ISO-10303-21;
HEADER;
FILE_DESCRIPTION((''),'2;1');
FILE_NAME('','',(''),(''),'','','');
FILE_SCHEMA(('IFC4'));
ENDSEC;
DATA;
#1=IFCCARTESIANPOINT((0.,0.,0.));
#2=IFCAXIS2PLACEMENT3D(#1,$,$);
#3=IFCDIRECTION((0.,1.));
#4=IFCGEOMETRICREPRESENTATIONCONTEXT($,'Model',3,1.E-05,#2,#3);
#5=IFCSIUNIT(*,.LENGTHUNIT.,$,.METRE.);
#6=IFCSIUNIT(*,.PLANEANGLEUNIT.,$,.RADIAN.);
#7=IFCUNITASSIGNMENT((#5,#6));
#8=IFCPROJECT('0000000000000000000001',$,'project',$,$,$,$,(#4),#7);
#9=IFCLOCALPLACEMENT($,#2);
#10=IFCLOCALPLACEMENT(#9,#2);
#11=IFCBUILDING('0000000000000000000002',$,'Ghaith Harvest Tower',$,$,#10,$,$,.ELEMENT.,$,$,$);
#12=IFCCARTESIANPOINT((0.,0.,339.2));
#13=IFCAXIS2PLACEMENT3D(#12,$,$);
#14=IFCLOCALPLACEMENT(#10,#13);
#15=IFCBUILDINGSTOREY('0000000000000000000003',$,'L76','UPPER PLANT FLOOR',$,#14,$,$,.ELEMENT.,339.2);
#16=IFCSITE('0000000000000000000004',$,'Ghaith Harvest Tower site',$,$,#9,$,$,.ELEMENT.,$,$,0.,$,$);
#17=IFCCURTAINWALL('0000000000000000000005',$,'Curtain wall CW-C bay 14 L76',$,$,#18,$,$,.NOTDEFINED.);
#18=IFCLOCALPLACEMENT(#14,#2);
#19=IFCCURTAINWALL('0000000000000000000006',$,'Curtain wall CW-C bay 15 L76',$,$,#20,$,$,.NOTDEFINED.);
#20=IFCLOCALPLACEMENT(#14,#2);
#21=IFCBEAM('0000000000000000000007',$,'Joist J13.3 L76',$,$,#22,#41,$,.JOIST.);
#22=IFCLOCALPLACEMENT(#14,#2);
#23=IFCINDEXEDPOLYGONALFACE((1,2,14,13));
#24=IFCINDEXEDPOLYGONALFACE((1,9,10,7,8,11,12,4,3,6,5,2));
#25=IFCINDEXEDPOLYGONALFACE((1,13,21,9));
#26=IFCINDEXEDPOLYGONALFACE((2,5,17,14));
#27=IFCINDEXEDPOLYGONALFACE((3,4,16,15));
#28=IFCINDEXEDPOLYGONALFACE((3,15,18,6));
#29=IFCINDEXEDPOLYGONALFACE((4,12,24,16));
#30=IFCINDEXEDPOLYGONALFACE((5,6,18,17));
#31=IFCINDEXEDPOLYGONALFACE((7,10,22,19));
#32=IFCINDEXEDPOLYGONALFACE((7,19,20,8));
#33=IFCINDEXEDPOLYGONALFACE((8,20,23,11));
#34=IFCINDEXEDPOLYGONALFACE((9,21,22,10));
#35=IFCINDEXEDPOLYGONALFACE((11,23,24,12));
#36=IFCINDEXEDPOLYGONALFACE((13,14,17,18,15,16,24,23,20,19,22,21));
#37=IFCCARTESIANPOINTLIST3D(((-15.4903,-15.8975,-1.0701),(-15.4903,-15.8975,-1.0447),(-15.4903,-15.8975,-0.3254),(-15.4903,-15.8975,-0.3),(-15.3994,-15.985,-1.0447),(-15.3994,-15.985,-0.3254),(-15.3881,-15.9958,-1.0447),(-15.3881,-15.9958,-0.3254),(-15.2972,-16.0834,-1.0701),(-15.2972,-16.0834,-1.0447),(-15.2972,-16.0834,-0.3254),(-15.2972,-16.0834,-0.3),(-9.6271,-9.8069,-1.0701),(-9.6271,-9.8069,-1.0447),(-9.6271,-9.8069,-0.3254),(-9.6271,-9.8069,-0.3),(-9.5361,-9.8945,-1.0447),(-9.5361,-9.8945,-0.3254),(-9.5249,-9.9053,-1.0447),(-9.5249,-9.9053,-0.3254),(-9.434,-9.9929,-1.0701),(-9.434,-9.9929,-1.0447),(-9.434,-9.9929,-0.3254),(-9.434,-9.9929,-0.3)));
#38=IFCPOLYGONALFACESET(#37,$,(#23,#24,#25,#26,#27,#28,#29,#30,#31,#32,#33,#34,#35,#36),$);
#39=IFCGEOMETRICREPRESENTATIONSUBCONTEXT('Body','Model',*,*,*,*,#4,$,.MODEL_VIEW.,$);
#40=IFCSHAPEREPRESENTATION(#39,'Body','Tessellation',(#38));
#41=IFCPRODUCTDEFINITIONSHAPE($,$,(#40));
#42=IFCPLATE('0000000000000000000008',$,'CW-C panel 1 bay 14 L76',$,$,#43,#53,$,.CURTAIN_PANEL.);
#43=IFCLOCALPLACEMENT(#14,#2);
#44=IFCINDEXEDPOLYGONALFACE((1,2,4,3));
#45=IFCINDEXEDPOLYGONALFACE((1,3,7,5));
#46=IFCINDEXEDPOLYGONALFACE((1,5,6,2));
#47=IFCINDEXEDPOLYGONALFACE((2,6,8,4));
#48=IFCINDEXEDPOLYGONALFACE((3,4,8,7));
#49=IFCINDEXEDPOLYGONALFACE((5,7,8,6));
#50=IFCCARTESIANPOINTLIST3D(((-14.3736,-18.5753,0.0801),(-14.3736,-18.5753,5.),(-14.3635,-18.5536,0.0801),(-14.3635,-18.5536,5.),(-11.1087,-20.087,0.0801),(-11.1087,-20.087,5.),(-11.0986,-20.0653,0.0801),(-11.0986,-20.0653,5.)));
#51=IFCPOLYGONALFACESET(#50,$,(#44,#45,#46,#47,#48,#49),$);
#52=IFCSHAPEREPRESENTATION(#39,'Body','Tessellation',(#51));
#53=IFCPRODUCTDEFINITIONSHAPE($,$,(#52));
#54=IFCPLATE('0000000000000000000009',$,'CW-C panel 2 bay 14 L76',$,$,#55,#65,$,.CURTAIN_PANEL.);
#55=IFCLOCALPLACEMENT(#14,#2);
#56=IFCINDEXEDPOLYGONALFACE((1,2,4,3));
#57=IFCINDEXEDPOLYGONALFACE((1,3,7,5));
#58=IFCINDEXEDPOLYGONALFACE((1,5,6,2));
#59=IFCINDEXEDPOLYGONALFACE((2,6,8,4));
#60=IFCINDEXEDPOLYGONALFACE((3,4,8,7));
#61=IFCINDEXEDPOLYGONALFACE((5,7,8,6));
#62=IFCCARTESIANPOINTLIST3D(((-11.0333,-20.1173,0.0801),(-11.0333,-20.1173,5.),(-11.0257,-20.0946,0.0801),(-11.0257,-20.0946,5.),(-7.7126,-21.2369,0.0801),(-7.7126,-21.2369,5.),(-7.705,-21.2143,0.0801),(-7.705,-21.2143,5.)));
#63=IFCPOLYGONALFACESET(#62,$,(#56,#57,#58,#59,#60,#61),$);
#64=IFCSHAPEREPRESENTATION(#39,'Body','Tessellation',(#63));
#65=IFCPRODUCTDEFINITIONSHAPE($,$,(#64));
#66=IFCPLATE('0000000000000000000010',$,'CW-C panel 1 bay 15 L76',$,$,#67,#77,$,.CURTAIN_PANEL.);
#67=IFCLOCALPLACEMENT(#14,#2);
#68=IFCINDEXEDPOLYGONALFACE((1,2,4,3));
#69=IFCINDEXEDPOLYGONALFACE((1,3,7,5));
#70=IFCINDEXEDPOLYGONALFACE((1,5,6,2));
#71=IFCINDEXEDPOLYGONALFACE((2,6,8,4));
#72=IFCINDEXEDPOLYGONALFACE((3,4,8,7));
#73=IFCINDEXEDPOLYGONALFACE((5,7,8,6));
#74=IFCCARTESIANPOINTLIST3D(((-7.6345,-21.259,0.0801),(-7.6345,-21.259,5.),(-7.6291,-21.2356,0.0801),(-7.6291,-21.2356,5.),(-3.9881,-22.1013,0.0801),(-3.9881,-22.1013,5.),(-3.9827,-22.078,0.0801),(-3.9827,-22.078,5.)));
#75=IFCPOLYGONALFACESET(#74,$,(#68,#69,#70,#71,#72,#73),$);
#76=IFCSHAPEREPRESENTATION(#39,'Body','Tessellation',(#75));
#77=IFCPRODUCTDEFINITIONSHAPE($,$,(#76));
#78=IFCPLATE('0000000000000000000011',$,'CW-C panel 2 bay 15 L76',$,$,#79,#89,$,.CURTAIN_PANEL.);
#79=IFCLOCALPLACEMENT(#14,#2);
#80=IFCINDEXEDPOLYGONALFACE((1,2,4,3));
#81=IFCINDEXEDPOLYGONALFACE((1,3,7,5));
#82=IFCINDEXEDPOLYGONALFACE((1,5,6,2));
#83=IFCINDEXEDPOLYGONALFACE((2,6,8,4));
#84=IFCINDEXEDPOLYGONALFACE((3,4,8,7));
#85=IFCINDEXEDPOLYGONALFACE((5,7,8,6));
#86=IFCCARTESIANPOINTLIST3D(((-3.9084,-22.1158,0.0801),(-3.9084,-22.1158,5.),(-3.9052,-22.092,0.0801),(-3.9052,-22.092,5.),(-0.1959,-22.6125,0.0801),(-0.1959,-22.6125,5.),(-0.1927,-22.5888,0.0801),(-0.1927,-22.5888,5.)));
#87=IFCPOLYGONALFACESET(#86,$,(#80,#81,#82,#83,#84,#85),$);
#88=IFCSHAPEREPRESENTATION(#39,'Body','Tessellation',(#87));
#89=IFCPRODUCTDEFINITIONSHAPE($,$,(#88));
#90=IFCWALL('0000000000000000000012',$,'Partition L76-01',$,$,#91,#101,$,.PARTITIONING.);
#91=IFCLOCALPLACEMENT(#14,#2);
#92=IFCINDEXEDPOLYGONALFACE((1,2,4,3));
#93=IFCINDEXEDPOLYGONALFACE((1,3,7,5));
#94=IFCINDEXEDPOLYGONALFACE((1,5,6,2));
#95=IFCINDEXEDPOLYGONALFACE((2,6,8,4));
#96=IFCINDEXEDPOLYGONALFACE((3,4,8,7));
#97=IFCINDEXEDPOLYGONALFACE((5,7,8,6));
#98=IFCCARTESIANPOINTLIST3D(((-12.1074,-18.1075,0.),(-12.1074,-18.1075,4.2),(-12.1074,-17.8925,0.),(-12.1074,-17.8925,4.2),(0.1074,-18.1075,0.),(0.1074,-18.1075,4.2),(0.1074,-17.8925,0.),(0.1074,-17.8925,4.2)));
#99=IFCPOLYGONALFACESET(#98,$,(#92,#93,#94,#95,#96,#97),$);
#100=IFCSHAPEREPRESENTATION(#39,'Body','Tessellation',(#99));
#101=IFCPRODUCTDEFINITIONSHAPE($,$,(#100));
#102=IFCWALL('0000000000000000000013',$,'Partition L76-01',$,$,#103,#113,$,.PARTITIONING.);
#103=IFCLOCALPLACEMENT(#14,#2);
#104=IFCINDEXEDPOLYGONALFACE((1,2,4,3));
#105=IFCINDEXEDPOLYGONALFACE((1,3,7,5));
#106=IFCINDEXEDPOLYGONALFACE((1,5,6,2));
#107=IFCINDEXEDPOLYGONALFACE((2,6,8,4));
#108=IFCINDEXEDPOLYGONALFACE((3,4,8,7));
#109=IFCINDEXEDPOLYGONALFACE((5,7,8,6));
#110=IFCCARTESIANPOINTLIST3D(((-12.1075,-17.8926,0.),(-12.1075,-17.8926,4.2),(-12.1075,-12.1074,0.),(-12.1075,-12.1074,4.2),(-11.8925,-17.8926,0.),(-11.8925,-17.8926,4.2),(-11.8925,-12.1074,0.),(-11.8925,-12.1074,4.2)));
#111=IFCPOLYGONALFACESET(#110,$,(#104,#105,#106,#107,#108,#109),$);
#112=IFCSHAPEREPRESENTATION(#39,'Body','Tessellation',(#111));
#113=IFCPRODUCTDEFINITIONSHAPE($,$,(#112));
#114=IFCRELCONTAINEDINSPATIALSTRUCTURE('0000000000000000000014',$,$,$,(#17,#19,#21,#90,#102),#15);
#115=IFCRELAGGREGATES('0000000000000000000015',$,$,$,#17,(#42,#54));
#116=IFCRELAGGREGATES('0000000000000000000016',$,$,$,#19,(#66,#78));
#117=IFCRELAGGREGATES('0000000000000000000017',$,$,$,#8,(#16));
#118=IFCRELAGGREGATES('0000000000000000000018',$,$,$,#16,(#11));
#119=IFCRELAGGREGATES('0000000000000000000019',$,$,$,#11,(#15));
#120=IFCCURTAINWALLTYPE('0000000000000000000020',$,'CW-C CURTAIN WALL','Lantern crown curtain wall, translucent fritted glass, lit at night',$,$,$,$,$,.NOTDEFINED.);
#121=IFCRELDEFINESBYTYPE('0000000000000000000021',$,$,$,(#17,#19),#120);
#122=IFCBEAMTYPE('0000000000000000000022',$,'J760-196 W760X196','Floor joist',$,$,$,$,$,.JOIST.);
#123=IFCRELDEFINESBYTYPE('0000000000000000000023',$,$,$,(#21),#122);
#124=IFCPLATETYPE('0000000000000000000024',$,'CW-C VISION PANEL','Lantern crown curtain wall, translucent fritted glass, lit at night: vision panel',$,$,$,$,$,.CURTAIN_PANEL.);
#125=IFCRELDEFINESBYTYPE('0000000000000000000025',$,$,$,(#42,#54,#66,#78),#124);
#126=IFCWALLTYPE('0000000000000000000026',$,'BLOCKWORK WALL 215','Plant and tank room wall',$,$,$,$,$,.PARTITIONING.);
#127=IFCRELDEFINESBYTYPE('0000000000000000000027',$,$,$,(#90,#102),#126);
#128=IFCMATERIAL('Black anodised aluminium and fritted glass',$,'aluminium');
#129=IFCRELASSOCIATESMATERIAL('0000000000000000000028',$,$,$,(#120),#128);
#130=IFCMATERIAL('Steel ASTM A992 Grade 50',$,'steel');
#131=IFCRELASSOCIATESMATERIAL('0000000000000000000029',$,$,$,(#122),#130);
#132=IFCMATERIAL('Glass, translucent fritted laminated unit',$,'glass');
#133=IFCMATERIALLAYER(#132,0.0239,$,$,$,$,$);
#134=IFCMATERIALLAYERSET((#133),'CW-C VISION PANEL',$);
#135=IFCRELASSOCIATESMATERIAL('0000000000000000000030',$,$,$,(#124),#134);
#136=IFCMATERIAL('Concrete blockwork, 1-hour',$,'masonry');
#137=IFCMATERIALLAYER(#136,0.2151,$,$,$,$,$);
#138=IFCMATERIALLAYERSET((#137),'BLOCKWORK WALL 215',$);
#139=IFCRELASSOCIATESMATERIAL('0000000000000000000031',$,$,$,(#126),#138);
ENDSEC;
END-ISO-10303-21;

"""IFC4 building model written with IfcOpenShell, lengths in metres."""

from ifc_helpers import new_model, si_unit, direction, frame, frame_2d, origin, origin_2d, place, context, subcontext, project, spatial, rectangle, i_section, extrude, material, layer, layer_set, material_profile, profile_set, type_object, element, aggregate, save


model = new_model("IFC4")

# Units and contexts
model_context = context("Model", 3, precision=1e-05, world=origin(), true_north=direction((0.0, 1.0)))
body_context = subcontext(model_context, "Body", "Model", "MODEL_VIEW")
ifc_project = project(units=[si_unit("LENGTHUNIT", "METRE"), si_unit("PLANEANGLEUNIT", "RADIAN")], contexts=[model_context])

# Site, building, storey
site_placement = place(None, origin())
site = spatial("IfcSite", under=ifc_project, at=site_placement, Name="Ghaith Harvest Tower site", CompositionType="ELEMENT", RefElevation=0.0)
building_placement = place(site_placement, origin())
building = spatial("IfcBuilding", under=site, at=building_placement, Name="Ghaith Harvest Tower", CompositionType="ELEMENT")
storey_placement = place(building_placement, frame((0.0, 0.0, 339.2)))
storey = spatial("IfcBuildingStorey", under=building, at=storey_placement, Name="L76", Description="UPPER PLANT FLOOR", CompositionType="ELEMENT", Elevation=339.2)

# Curtain wall
ifc_material_1 = material(Name="Black anodised aluminium and fritted glass", Category="aluminium")
curtain_wall_type = type_object("IfcCurtainWallType", Name="CW-C CURTAIN WALL", Description="Lantern crown curtain wall, translucent fritted glass, lit at night", PredefinedType="NOTDEFINED", material=ifc_material_1)
curtain_wall_1_placement = place(storey_placement, origin())
curtain_wall_1 = element("IfcCurtainWall", 1, at=curtain_wall_1_placement, inside=storey, type_object=curtain_wall_type, Name="Curtain wall CW-C bay 14 L76", PredefinedType="NOTDEFINED")

# Curtain wall
curtain_wall_2_placement = place(storey_placement, origin())
curtain_wall_2 = element("IfcCurtainWall", 2, at=curtain_wall_2_placement, inside=storey, type_object=curtain_wall_type, Name="Curtain wall CW-C bay 15 L76", PredefinedType="NOTDEFINED")

# Beam
ifc_material_2 = material(Name="Steel ASTM A992 Grade 50", Category="steel")
ifc_material_profile_1 = material_profile(ifc_material_2, i_section(OverallWidth=0.2681, OverallDepth=0.77, WebThickness=0.0156, FlangeThickness=0.0254, at=origin_2d()), Name="W760X196")
ifc_profile_set_1 = profile_set([ifc_material_profile_1], Name="Steel ASTM A992 Grade 50")
beam_type_1 = type_object("IfcBeamType", Name="J760-196 W760X196", Description="Floor joist", PredefinedType="JOIST", material=ifc_profile_set_1)
beam_1_placement = place(storey_placement, frame((-9.5305, -9.8999, -0.6851), z_axis=(-0.693536, -0.720422, 0.0), x_axis=(0.720422, -0.693536, 0.0)))
element("IfcBeam", 3, at=beam_1_placement, inside=storey, type_object=beam_type_1, Name="Joist J13.3 L76", PredefinedType="JOIST", context=body_context, shape_type="SweptSolid", body=[
    extrude(i_section(OverallWidth=0.2681, OverallDepth=0.77, WebThickness=0.0156, FlangeThickness=0.0254, at=origin_2d()), origin(), (0.0, 0.0, 1.0), 8.4541),
])

# Plates
ifc_material_3 = material(Name="Glass, translucent fritted laminated unit", Category="glass")
ifc_layer_1 = layer(ifc_material_3, 0.0239)
ifc_layer_set_1 = layer_set([ifc_layer_1], Name="CW-C VISION PANEL")
plate_type = type_object("IfcPlateType", Name="CW-C VISION PANEL", Description="Lantern crown curtain wall, translucent fritted glass, lit at night: vision panel", PredefinedType="CURTAIN_PANEL", material=ifc_layer_set_1)
plate_1_placement = place(storey_placement, frame((-12.7361, -19.3203, 0.0801), z_axis=(0.0, 0.0, 1.0), x_axis=(0.90745, -0.42016, 0.0)))
plate_1 = element("IfcPlate", 4, at=plate_1_placement, type_object=plate_type, Name="CW-C panel 1 bay 14 L76", PredefinedType="CURTAIN_PANEL", context=body_context, shape_type="SweptSolid", body=[
    extrude(rectangle(XDim=3.5979, YDim=0.0239, at=origin_2d()), origin(), (0.0, 0.0, 1.0), 4.9199),
])
plate_2_placement = place(storey_placement, frame((-9.3691, -20.6658, 0.0801), z_axis=(0.0, 0.0, 1.0), x_axis=(0.947586, -0.3195, 0.0)))
plate_2 = element("IfcPlate", 5, at=plate_2_placement, type_object=plate_type, Name="CW-C panel 2 bay 14 L76", PredefinedType="CURTAIN_PANEL", context=body_context, shape_type="SweptSolid", body=[
    extrude(rectangle(XDim=3.5044, YDim=0.0239, at=origin_2d()), origin(), (0.0, 0.0, 1.0), 4.9199),
])
aggregate(curtain_wall_1, [plate_1, plate_2])
plate_3_placement = place(storey_placement, frame((-5.8086, -21.6685, 0.0801), z_axis=(0.0, 0.0, 1.0), x_axis=(0.974342, -0.225072, 0.0)))
plate_3 = element("IfcPlate", 6, at=plate_3_placement, type_object=plate_type, Name="CW-C panel 1 bay 15 L76", PredefinedType="CURTAIN_PANEL", context=body_context, shape_type="SweptSolid", body=[
    extrude(rectangle(XDim=3.7424, YDim=0.0239, at=origin_2d()), origin(), (0.0, 0.0, 1.0), 4.9199),
])
plate_4_placement = place(storey_placement, frame((-2.0505, -22.3523, 0.0801), z_axis=(0.0, 0.0, 1.0), x_axis=(0.991165, -0.132633, 0.0)))
plate_4 = element("IfcPlate", 7, at=plate_4_placement, type_object=plate_type, Name="CW-C panel 2 bay 15 L76", PredefinedType="CURTAIN_PANEL", context=body_context, shape_type="SweptSolid", body=[
    extrude(rectangle(XDim=3.7456, YDim=0.0239, at=origin_2d()), origin(), (0.0, 0.0, 1.0), 4.9199),
])
aggregate(curtain_wall_2, [plate_3, plate_4])

# Wall
ifc_material_4 = material(Name="Concrete blockwork, 1-hour", Category="masonry")
ifc_layer_2 = layer(ifc_material_4, 0.2151)
ifc_layer_set_2 = layer_set([ifc_layer_2], Name="BLOCKWORK WALL 215")
wall_type = type_object("IfcWallType", Name="BLOCKWORK WALL 215", Description="Plant and tank room wall", PredefinedType="PARTITIONING", material=ifc_layer_set_2)
wall_1_placement = place(storey_placement, frame((-12.1074, -18.0, 0.0), z_axis=(0.0, 0.0, 1.0), x_axis=(1.0, 0.0, 0.0)))
element("IfcWall", 8, at=wall_1_placement, inside=storey, type_object=wall_type, Name="Partition L76-01", PredefinedType="PARTITIONING", context=body_context, shape_type="SweptSolid", body=[
    extrude(rectangle(XDim=12.2148, YDim=0.2151, at=frame_2d((6.1074, 0.0))), origin(), (0.0, 0.0, 1.0), 4.2),
])

# Wall
wall_2_placement = place(storey_placement, frame((-12.0, -17.8926, 0.0), z_axis=(0.0, 0.0, 1.0), x_axis=(0.0, 1.0, 0.0)))
element("IfcWall", 9, at=wall_2_placement, inside=storey, type_object=wall_type, Name="Partition L76-01", PredefinedType="PARTITIONING", context=body_context, shape_type="SweptSolid", body=[
    extrude(rectangle(XDim=5.7852, YDim=0.2151, at=frame_2d((2.8926, 0.0))), origin(), (0.0, 0.0, 1.0), 4.2),
])

save(model, "model.ifc")
